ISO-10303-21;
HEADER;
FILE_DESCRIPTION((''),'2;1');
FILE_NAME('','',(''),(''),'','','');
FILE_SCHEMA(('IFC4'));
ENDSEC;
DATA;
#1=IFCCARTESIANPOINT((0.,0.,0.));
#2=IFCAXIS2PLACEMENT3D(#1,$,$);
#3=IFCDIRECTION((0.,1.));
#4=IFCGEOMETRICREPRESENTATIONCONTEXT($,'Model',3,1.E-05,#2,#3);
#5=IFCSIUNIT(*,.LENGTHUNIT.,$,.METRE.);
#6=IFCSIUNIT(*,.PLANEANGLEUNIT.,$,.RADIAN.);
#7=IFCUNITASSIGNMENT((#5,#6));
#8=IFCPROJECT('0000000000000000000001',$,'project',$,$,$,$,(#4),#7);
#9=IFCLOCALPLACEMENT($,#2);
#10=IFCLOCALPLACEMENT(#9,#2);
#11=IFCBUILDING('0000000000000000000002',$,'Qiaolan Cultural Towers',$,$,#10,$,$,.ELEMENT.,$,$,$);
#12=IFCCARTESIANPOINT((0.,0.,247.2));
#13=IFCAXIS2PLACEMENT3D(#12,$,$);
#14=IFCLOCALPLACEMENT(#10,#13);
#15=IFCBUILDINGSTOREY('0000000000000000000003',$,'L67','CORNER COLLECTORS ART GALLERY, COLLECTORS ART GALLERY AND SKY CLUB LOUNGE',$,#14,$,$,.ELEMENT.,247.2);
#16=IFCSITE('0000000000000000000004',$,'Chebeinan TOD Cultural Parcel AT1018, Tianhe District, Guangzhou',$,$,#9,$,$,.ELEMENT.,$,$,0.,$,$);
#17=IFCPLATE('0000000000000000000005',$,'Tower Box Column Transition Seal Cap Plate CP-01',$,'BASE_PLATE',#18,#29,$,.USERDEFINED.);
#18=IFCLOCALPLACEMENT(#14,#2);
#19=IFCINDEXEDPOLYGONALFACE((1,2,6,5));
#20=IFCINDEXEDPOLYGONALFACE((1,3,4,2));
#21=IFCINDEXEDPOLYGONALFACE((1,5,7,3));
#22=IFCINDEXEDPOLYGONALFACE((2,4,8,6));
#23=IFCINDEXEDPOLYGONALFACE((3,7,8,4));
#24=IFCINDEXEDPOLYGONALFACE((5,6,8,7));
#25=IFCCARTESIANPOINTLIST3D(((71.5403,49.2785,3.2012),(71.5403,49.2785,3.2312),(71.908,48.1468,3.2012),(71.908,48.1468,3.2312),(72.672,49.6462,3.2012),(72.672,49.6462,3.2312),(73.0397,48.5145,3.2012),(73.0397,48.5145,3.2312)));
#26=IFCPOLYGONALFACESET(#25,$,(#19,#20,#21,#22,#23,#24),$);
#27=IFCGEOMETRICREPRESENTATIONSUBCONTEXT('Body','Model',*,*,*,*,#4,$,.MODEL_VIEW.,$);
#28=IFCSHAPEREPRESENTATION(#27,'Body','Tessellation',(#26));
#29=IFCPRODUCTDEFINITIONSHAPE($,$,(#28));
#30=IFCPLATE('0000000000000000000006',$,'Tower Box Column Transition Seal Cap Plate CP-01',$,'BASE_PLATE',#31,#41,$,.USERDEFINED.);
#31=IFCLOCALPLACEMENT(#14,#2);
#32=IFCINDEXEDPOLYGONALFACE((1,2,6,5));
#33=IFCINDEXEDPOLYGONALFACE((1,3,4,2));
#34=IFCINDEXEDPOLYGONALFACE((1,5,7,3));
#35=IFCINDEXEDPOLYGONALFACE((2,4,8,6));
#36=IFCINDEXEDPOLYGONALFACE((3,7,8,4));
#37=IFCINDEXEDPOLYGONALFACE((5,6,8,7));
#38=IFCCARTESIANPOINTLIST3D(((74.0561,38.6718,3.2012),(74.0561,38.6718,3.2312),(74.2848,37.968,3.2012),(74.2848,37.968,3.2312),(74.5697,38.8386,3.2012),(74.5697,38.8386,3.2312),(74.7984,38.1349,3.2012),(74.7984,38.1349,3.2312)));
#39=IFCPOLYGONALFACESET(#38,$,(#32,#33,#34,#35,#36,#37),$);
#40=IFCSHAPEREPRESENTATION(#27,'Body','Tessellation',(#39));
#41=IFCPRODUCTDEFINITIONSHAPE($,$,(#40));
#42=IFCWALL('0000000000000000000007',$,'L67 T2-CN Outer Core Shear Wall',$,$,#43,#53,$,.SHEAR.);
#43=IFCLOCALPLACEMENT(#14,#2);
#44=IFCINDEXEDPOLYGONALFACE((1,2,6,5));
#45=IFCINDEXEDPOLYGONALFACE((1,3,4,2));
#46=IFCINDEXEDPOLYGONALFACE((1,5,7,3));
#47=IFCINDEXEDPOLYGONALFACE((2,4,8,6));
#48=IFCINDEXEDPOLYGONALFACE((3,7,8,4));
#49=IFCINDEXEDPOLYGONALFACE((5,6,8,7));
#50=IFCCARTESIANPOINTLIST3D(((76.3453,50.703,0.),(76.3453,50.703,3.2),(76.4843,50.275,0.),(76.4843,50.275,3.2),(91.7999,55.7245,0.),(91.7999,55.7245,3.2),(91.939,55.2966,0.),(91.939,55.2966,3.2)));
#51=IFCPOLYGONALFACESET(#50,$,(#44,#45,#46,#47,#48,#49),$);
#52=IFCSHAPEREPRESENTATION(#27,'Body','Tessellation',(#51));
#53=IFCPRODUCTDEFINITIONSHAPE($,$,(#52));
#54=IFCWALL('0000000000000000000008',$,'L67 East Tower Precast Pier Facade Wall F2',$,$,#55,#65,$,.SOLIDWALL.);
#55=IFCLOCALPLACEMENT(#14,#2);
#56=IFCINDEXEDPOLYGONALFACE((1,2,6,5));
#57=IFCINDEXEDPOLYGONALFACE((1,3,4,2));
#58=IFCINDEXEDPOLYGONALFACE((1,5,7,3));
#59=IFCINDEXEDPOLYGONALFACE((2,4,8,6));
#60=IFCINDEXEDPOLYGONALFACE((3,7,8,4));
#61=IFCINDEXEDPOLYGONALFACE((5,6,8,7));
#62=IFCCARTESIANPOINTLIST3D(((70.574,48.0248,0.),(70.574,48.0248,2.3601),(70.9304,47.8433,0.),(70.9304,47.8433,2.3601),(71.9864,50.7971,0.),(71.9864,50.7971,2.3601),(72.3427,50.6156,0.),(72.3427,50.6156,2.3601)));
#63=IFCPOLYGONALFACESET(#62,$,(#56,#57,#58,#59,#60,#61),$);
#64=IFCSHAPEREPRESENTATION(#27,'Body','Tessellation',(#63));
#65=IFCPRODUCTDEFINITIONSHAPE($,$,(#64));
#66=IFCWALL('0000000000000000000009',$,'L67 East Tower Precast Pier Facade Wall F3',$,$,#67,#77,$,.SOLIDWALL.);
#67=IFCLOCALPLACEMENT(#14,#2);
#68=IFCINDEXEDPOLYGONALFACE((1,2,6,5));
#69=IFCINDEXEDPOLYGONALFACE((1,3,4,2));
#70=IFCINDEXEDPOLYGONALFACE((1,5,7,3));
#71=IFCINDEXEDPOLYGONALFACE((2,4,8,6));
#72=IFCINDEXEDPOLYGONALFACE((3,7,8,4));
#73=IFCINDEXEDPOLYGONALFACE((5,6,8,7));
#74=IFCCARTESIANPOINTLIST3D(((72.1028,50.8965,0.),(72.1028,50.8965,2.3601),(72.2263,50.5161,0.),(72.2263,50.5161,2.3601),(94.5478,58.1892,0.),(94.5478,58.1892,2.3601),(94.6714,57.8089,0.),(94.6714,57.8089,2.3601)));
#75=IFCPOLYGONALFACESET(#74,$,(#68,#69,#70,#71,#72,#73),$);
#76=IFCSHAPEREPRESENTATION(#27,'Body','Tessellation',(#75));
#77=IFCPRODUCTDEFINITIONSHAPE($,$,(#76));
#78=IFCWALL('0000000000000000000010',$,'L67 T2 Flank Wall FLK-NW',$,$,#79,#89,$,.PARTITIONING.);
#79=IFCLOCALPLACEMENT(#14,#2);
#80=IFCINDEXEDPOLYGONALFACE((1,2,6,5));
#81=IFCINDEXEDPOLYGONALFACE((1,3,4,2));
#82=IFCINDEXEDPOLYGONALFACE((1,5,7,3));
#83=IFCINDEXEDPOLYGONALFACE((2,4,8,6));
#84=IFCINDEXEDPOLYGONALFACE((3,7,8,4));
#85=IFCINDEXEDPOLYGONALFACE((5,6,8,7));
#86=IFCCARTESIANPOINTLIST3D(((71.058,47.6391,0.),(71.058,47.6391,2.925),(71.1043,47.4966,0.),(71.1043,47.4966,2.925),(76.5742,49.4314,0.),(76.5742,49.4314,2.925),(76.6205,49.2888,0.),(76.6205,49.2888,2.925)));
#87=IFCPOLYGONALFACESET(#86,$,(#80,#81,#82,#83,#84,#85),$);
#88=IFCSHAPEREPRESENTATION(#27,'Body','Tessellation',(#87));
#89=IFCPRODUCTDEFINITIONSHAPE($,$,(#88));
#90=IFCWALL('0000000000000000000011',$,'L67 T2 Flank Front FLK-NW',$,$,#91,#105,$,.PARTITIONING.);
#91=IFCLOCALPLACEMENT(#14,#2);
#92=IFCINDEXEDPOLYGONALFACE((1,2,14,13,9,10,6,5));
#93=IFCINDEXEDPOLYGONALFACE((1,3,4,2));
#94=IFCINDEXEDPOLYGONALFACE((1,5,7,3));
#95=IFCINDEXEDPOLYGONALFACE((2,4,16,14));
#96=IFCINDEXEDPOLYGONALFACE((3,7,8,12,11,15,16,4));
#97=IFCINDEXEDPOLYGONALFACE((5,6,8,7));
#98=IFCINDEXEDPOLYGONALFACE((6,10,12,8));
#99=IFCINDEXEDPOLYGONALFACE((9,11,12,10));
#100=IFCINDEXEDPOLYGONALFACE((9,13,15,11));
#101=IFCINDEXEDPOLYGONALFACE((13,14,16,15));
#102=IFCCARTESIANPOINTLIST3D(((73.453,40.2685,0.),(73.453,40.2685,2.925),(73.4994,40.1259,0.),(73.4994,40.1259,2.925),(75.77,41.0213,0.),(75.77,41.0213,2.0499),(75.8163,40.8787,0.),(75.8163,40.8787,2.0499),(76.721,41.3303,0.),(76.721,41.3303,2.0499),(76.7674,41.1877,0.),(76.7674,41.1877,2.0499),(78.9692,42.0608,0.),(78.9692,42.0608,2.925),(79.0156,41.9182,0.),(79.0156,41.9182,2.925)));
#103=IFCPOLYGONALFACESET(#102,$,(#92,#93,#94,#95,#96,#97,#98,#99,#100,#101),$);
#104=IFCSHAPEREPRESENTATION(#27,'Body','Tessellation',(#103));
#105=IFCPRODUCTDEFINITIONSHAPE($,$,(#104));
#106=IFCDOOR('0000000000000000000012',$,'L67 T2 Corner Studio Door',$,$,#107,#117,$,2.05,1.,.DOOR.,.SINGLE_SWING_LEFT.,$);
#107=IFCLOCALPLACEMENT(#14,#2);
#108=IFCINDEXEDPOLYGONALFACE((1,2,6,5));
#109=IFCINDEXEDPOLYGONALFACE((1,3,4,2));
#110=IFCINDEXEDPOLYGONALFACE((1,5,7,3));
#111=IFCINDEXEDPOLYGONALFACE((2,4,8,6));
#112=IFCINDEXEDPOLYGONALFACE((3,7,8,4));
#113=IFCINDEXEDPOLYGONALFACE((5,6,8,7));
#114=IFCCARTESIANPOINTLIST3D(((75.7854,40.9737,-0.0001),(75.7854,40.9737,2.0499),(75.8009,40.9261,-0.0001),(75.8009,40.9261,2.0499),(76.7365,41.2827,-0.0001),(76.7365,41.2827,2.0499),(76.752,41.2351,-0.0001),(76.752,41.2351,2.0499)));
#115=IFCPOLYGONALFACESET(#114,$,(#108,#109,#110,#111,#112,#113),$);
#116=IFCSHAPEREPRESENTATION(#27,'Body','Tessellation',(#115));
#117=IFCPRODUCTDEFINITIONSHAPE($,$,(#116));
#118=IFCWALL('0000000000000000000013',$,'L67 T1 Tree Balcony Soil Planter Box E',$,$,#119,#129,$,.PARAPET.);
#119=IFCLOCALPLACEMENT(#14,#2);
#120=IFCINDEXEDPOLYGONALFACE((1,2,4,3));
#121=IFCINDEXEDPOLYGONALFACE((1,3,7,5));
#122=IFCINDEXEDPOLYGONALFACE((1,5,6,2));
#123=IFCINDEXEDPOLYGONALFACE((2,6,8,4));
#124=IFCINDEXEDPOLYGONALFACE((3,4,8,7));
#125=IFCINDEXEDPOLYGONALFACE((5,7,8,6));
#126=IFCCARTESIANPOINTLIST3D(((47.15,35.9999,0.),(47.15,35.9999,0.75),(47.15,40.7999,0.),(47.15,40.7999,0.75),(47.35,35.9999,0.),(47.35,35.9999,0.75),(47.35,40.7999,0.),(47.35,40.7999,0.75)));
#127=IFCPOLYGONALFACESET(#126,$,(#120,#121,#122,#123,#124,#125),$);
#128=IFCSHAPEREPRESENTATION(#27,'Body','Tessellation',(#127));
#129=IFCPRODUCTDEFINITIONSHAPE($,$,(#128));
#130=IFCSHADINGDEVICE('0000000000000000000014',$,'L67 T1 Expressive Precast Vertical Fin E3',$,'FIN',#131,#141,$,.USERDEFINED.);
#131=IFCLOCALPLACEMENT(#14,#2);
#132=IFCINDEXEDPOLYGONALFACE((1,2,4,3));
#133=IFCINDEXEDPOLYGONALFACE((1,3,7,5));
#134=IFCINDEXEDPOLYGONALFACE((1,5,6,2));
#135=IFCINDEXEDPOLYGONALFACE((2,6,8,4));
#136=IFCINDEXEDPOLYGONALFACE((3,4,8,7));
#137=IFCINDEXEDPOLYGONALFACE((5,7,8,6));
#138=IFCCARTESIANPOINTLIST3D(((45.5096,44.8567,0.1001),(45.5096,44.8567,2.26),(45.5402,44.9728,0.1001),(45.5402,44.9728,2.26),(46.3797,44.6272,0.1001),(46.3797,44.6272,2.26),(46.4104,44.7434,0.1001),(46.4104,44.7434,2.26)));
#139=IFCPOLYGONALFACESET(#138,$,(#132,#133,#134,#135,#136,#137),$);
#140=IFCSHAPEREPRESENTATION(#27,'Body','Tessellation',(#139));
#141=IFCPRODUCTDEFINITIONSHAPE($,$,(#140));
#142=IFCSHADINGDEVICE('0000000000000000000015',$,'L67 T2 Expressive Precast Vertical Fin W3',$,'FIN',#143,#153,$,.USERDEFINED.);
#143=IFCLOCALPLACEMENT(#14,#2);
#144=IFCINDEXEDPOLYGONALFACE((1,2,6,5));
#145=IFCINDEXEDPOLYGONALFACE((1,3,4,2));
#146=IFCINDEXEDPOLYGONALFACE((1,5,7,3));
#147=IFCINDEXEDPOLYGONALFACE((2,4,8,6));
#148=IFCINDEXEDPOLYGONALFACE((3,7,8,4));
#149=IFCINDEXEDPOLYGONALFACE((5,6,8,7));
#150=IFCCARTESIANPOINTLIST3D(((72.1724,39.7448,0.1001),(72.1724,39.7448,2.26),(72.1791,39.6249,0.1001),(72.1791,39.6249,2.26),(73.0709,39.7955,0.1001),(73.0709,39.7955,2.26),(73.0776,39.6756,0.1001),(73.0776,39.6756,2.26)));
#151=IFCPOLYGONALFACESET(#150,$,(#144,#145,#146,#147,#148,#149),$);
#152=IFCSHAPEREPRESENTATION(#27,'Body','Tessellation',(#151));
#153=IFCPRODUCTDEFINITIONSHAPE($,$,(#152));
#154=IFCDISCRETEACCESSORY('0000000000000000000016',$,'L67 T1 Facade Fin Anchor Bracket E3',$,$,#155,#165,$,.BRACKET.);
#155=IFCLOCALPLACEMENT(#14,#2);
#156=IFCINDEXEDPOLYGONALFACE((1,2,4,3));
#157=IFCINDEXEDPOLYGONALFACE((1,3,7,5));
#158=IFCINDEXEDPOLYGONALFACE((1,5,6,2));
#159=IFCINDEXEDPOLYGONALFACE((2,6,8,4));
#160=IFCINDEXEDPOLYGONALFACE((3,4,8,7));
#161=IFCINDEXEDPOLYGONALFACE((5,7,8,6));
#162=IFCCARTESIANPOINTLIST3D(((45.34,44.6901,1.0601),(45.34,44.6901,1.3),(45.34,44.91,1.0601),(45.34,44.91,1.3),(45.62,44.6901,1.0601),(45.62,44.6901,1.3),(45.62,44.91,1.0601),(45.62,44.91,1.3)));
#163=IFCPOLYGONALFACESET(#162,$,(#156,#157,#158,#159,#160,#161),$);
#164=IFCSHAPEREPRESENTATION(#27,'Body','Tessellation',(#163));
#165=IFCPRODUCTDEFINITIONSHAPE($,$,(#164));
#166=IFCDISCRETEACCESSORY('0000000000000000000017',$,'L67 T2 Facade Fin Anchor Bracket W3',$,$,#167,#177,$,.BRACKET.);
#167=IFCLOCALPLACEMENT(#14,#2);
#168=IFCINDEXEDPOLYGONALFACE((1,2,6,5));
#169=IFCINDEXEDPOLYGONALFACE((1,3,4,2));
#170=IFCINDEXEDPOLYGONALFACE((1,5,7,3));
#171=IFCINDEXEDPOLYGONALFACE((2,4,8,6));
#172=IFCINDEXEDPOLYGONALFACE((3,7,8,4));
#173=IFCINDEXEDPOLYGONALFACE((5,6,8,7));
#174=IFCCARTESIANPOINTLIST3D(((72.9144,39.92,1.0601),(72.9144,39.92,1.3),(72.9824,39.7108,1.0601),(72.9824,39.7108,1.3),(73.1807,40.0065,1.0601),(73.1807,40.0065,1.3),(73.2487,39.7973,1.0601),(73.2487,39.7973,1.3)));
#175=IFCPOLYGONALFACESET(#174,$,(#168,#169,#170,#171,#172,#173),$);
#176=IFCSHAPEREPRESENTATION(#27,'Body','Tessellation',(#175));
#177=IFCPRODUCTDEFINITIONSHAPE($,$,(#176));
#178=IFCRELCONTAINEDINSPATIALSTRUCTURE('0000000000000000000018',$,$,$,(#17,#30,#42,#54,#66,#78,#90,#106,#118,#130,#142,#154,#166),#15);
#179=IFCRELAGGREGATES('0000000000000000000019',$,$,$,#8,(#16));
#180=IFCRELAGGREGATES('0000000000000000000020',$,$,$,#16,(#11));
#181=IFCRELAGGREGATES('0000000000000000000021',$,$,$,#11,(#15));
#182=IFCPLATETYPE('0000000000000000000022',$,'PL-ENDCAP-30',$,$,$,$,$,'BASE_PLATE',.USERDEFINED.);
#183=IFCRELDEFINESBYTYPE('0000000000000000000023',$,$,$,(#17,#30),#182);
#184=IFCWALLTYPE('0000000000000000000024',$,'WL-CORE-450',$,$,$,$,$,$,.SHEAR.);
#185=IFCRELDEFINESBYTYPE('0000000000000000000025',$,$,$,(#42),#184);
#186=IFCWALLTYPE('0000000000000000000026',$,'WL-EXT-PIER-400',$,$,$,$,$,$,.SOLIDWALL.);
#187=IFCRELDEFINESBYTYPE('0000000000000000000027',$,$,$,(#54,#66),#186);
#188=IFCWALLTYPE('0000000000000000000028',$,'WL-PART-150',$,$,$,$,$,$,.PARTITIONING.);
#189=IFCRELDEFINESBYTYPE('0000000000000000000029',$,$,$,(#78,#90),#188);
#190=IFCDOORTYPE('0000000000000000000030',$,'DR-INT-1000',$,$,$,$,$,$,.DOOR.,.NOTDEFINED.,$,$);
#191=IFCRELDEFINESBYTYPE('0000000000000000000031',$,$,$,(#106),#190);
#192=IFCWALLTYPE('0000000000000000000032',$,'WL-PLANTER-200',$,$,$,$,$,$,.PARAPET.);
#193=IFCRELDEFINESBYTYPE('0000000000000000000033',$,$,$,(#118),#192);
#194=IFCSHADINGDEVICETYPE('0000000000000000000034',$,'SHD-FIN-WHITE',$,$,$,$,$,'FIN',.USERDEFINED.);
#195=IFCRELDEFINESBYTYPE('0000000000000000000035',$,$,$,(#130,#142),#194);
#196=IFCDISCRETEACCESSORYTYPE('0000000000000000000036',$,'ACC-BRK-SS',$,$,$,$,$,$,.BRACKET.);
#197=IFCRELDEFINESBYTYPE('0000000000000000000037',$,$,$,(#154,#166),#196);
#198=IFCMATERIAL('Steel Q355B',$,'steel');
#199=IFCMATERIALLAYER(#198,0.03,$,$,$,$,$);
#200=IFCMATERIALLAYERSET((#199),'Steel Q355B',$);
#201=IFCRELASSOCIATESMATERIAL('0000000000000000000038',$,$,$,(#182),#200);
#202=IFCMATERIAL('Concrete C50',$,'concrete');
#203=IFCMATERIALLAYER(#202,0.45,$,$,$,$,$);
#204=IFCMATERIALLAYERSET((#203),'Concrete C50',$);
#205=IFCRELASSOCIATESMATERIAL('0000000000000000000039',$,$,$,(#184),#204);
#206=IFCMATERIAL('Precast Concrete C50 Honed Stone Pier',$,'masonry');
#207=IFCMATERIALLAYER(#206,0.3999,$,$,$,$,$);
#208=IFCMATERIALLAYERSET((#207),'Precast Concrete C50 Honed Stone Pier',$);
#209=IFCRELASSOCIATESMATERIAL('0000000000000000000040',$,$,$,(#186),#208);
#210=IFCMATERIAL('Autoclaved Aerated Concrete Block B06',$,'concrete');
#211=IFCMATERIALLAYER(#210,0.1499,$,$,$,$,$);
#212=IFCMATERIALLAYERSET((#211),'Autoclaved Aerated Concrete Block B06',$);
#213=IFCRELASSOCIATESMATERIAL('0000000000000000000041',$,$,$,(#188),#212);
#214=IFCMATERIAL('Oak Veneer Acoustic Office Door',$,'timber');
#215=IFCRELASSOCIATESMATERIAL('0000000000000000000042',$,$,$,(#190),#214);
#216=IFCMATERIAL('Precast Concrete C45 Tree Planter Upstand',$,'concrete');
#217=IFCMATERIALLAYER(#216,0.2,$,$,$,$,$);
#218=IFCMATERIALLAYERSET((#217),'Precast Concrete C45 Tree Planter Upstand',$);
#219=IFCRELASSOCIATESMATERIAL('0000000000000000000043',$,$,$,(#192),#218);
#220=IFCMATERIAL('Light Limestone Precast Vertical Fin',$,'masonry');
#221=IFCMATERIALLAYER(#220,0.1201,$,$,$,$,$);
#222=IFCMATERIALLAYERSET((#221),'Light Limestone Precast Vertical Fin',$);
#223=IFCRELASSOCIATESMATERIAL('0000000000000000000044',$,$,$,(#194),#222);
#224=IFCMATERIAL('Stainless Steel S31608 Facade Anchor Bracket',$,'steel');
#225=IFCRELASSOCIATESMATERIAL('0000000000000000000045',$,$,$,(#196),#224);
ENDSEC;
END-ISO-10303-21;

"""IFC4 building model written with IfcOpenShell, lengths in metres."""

from ifc_helpers import new_model, si_unit, direction, frame, frame_2d, origin, origin_2d, place, context, subcontext, project, spatial, rectangle, extrude, material, layer, layer_set, type_object, element, fill, save


model = new_model("IFC4")

# Units and contexts
model_context = context("Model", 3, precision=1e-05, world=origin(), true_north=direction((0.0, 1.0)))
body_context = subcontext(model_context, "Body", "Model", "MODEL_VIEW")
ifc_project = project(units=[si_unit("LENGTHUNIT", "METRE"), si_unit("PLANEANGLEUNIT", "RADIAN")], contexts=[model_context])

# Site, building, storey
site_placement = place(None, origin())
site = spatial("IfcSite", under=ifc_project, at=site_placement, Name="Chebeinan TOD Cultural Parcel AT1018, Tianhe District, Guangzhou", CompositionType="ELEMENT", RefElevation=0.0)
building_placement = place(site_placement, origin())
building = spatial("IfcBuilding", under=site, at=building_placement, Name="Qiaolan Cultural Towers", CompositionType="ELEMENT")
storey_placement = place(building_placement, frame((0.0, 0.0, 247.2)))
storey = spatial("IfcBuildingStorey", under=building, at=storey_placement, Name="L67", Description="CORNER COLLECTORS ART GALLERY, COLLECTORS ART GALLERY AND SKY CLUB LOUNGE", CompositionType="ELEMENT", Elevation=247.2)

# Plates
ifc_material_1 = material(Name="Steel Q355B", Category="steel")
ifc_layer_1 = layer(ifc_material_1, 0.03)
ifc_layer_set_1 = layer_set([ifc_layer_1], Name="Steel Q355B")
plate_type = type_object("IfcPlateType", Name="PL-ENDCAP-30", ElementType="BASE_PLATE", PredefinedType="USERDEFINED", material=ifc_layer_set_1)
plate_1_placement = place(storey_placement, frame((72.29, 48.8965, 3.2012), z_axis=(0.0, 0.0, 1.0), x_axis=(0.951057, 0.309017, 0.0)))
element("IfcPlate", 1, at=plate_1_placement, inside=storey, type_object=plate_type, Name="Tower Box Column Transition Seal Cap Plate CP-01", ObjectType="BASE_PLATE", PredefinedType="USERDEFINED", context=body_context, shape_type="SweptSolid", body=[
    extrude(rectangle(XDim=1.1899, YDim=1.1899, at=origin_2d()), origin(), (0.0, 0.0, 1.0), 0.03),
])
plate_2_placement = place(storey_placement, frame((74.4272, 38.4033, 3.2012), z_axis=(0.0, 0.0, 1.0), x_axis=(0.951057, 0.309017, 0.0)))
element("IfcPlate", 2, at=plate_2_placement, inside=storey, type_object=plate_type, Name="Tower Box Column Transition Seal Cap Plate CP-01", ObjectType="BASE_PLATE", PredefinedType="USERDEFINED", context=body_context, shape_type="SweptSolid", body=[
    extrude(rectangle(XDim=0.54, YDim=0.74, at=origin_2d()), origin(), (0.0, 0.0, 1.0), 0.03),
])

# Walls
ifc_material_2 = material(Name="Concrete C50", Category="concrete")
ifc_layer_2 = layer(ifc_material_2, 0.45)
ifc_layer_set_2 = layer_set([ifc_layer_2], Name="Concrete C50")
wall_type_1 = type_object("IfcWallType", Name="WL-CORE-450", PredefinedType="SHEAR", material=ifc_layer_set_2)
wall_1_placement = place(storey_placement, frame((76.4148, 50.489, 0.0), z_axis=(0.0, 0.0, 1.0), x_axis=(0.951057, 0.309016, 0.0)))
element("IfcWall", 3, at=wall_1_placement, inside=storey, type_object=wall_type_1, Name="L67 T2-CN Outer Core Shear Wall", PredefinedType="SHEAR", context=body_context, shape_type="SweptSolid", body=[
    extrude(rectangle(XDim=16.25, YDim=0.45, at=frame_2d((8.125, 0.0))), origin(), (0.0, 0.0, 1.0), 3.2),
])
ifc_material_3 = material(Name="Precast Concrete C50 Honed Stone Pier", Category="masonry")
ifc_layer_3 = layer(ifc_material_3, 0.3999)
ifc_layer_set_3 = layer_set([ifc_layer_3], Name="Precast Concrete C50 Honed Stone Pier")
wall_type_2 = type_object("IfcWallType", Name="WL-EXT-PIER-400", PredefinedType="SOLIDWALL", material=ifc_layer_set_3)
wall_2_placement = place(storey_placement, frame((70.7522, 47.9341, 0.0), z_axis=(0.0, 0.0, 1.0), x_axis=(0.453949, 0.891028, 0.0)))
element("IfcWall", 4, at=wall_2_placement, inside=storey, type_object=wall_type_2, Name="L67 East Tower Precast Pier Facade Wall F2", PredefinedType="SOLIDWALL", context=body_context, shape_type="SweptSolid", body=[
    extrude(rectangle(XDim=3.1113, YDim=0.3999, at=frame_2d((1.5557, 0.0))), origin(), (0.0, 0.0, 1.0), 2.3601),
])
wall_3_placement = place(storey_placement, frame((72.1646, 50.7063, 0.0), z_axis=(0.0, 0.0, 1.0), x_axis=(0.951058, 0.309012, 0.0)))
element("IfcWall", 5, at=wall_3_placement, inside=storey, type_object=wall_type_2, Name="L67 East Tower Precast Pier Facade Wall F3", PredefinedType="SOLIDWALL", context=body_context, shape_type="SweptSolid", body=[
    extrude(rectangle(XDim=23.6001, YDim=0.3999, at=frame_2d((11.8, 0.0))), origin(), (0.0, 0.0, 1.0), 2.3601),
])
ifc_material_4 = material(Name="Autoclaved Aerated Concrete Block B06", Category="concrete")
ifc_layer_4 = layer(ifc_material_4, 0.1499)
ifc_layer_set_4 = layer_set([ifc_layer_4], Name="Autoclaved Aerated Concrete Block B06")
wall_type_3 = type_object("IfcWallType", Name="WL-PART-150", PredefinedType="PARTITIONING", material=ifc_layer_set_4)
wall_4_placement = place(storey_placement, frame((71.0813, 47.5679, 0.0), z_axis=(0.0, 0.0, 1.0), x_axis=(0.951059, 0.309008, 0.0)))
element("IfcWall", 6, at=wall_4_placement, inside=storey, type_object=wall_type_3, Name="L67 T2 Flank Wall FLK-NW", PredefinedType="PARTITIONING", context=body_context, shape_type="SweptSolid", body=[
    extrude(rectangle(XDim=5.8, YDim=0.1499, at=frame_2d((2.8999, 0.0))), origin(), (0.0, 0.0, 1.0), 2.925),
])

# Wall, opening, door
wall_5_placement = place(storey_placement, frame((73.4763, 40.1973, 0.0), z_axis=(0.0, 0.0, 1.0), x_axis=(0.951059, 0.309008, 0.0)))
wall_5 = element("IfcWall", 7, at=wall_5_placement, inside=storey, type_object=wall_type_3, Name="L67 T2 Flank Front FLK-NW", PredefinedType="PARTITIONING", context=body_context, shape_type="SweptSolid", body=[
    extrude(rectangle(XDim=5.8, YDim=0.1499, at=frame_2d((2.8999, 0.0))), origin(), (0.0, 0.0, 1.0), 2.925),
])
opening_placement = place(wall_5_placement, frame((2.436, 0.0, 0.0)))
opening = element("IfcOpeningElement", 8, at=opening_placement, cuts=wall_5, PredefinedType="OPENING", context=body_context, shape_type="SweptSolid", body=[
    extrude(rectangle(XDim=1.0, YDim=2.05, at=frame_2d((0.5, 1.0249))), frame((0.0, 0.085, 0.0), z_axis=(0.0, -1.0, 0.0), x_axis=(1.0, 0.0, 0.0)), (0.0, 0.0, 1.0), 0.1699),
])
ifc_material_5 = material(Name="Oak Veneer Acoustic Office Door", Category="timber")
door_type = type_object("IfcDoorType", Name="DR-INT-1000", OperationType="NOTDEFINED", PredefinedType="DOOR", material=ifc_material_5)
door_placement = place(opening_placement, origin())
door = element("IfcDoor", 9, at=door_placement, inside=storey, type_object=door_type, Name="L67 T2 Corner Studio Door", OperationType="SINGLE_SWING_LEFT", OverallHeight=2.05, OverallWidth=1.0, PredefinedType="DOOR", context=body_context, shape_type="SweptSolid", body=[
    extrude(rectangle(XDim=1.0, YDim=2.05, at=frame_2d((0.5, 1.0249))), frame((0.0, 0.0249, 0.0), z_axis=(0.0, -1.0, 0.0), x_axis=(1.0, 0.0, 0.0)), (0.0, 0.0, 1.0), 0.05),
])
fill(opening, door)

# Wall
ifc_material_6 = material(Name="Precast Concrete C45 Tree Planter Upstand", Category="concrete")
ifc_layer_5 = layer(ifc_material_6, 0.2)
ifc_layer_set_5 = layer_set([ifc_layer_5], Name="Precast Concrete C45 Tree Planter Upstand")
wall_type_4 = type_object("IfcWallType", Name="WL-PLANTER-200", PredefinedType="PARAPET", material=ifc_layer_set_5)
wall_6_placement = place(storey_placement, frame((47.25, 36.0, 0.0), z_axis=(0.0, 0.0, 1.0), x_axis=(0.0, 1.0, 0.0)))
element("IfcWall", 10, at=wall_6_placement, inside=storey, type_object=wall_type_4, Name="L67 T1 Tree Balcony Soil Planter Box E", PredefinedType="PARAPET", context=body_context, shape_type="SweptSolid", body=[
    extrude(rectangle(XDim=4.8, YDim=0.2, at=frame_2d((2.3999, 0.0))), origin(), (0.0, 0.0, 1.0), 0.75),
])

# Shading devices
ifc_material_7 = material(Name="Light Limestone Precast Vertical Fin", Category="masonry")
ifc_layer_6 = layer(ifc_material_7, 0.1201)
ifc_layer_set_6 = layer_set([ifc_layer_6], Name="Light Limestone Precast Vertical Fin")
shading_device_type = type_object("IfcShadingDeviceType", Name="SHD-FIN-WHITE", ElementType="FIN", PredefinedType="USERDEFINED", material=ifc_layer_set_6)
for number, where, z_axis, x_axis, name in (
    (11, (45.96, 44.8, 0.1001), (0.0, 0.0, 1.0), (0.966948, -0.254975, 0.0), "L67 T1 Expressive Precast Vertical Fin E3"),
    (12, (72.625, 39.7102, 0.1001), (0.0, 0.0, 1.0), (0.998413, 0.056307, 0.0), "L67 T2 Expressive Precast Vertical Fin W3"),
):
    element("IfcShadingDevice", number, at=place(storey_placement, frame(where, z_axis=z_axis, x_axis=x_axis)), inside=storey, type_object=shading_device_type, Name=name, ObjectType="FIN", PredefinedType="USERDEFINED", context=body_context, shape_type="SweptSolid", body=[
        extrude(rectangle(XDim=0.8999, YDim=0.1201, at=origin_2d()), origin(), (0.0, 0.0, 1.0), 2.1599),
    ])

# Discrete accessories
ifc_material_8 = material(Name="Stainless Steel S31608 Facade Anchor Bracket", Category="steel")
discrete_accessory_type = type_object("IfcDiscreteAccessoryType", Name="ACC-BRK-SS", PredefinedType="BRACKET", material=ifc_material_8)
for number, where, z_axis, x_axis, name in (
    (13, (45.48, 44.8, 1.0601), (0.0, 0.0, 1.0), (1.0, 0.0, 0.0), "L67 T1 Facade Fin Anchor Bracket E3"),
    (14, (73.0815, 39.8586, 1.0601), (0.0, 0.0, 1.0), (0.951057, 0.309017, 0.0), "L67 T2 Facade Fin Anchor Bracket W3"),
):
    element("IfcDiscreteAccessory", number, at=place(storey_placement, frame(where, z_axis=z_axis, x_axis=x_axis)), inside=storey, type_object=discrete_accessory_type, Name=name, PredefinedType="BRACKET", context=body_context, shape_type="SweptSolid", body=[
        extrude(rectangle(XDim=0.28, YDim=0.22, at=origin_2d()), origin(), (0.0, 0.0, 1.0), 0.24),
    ])

save(model, "model.ifc")
